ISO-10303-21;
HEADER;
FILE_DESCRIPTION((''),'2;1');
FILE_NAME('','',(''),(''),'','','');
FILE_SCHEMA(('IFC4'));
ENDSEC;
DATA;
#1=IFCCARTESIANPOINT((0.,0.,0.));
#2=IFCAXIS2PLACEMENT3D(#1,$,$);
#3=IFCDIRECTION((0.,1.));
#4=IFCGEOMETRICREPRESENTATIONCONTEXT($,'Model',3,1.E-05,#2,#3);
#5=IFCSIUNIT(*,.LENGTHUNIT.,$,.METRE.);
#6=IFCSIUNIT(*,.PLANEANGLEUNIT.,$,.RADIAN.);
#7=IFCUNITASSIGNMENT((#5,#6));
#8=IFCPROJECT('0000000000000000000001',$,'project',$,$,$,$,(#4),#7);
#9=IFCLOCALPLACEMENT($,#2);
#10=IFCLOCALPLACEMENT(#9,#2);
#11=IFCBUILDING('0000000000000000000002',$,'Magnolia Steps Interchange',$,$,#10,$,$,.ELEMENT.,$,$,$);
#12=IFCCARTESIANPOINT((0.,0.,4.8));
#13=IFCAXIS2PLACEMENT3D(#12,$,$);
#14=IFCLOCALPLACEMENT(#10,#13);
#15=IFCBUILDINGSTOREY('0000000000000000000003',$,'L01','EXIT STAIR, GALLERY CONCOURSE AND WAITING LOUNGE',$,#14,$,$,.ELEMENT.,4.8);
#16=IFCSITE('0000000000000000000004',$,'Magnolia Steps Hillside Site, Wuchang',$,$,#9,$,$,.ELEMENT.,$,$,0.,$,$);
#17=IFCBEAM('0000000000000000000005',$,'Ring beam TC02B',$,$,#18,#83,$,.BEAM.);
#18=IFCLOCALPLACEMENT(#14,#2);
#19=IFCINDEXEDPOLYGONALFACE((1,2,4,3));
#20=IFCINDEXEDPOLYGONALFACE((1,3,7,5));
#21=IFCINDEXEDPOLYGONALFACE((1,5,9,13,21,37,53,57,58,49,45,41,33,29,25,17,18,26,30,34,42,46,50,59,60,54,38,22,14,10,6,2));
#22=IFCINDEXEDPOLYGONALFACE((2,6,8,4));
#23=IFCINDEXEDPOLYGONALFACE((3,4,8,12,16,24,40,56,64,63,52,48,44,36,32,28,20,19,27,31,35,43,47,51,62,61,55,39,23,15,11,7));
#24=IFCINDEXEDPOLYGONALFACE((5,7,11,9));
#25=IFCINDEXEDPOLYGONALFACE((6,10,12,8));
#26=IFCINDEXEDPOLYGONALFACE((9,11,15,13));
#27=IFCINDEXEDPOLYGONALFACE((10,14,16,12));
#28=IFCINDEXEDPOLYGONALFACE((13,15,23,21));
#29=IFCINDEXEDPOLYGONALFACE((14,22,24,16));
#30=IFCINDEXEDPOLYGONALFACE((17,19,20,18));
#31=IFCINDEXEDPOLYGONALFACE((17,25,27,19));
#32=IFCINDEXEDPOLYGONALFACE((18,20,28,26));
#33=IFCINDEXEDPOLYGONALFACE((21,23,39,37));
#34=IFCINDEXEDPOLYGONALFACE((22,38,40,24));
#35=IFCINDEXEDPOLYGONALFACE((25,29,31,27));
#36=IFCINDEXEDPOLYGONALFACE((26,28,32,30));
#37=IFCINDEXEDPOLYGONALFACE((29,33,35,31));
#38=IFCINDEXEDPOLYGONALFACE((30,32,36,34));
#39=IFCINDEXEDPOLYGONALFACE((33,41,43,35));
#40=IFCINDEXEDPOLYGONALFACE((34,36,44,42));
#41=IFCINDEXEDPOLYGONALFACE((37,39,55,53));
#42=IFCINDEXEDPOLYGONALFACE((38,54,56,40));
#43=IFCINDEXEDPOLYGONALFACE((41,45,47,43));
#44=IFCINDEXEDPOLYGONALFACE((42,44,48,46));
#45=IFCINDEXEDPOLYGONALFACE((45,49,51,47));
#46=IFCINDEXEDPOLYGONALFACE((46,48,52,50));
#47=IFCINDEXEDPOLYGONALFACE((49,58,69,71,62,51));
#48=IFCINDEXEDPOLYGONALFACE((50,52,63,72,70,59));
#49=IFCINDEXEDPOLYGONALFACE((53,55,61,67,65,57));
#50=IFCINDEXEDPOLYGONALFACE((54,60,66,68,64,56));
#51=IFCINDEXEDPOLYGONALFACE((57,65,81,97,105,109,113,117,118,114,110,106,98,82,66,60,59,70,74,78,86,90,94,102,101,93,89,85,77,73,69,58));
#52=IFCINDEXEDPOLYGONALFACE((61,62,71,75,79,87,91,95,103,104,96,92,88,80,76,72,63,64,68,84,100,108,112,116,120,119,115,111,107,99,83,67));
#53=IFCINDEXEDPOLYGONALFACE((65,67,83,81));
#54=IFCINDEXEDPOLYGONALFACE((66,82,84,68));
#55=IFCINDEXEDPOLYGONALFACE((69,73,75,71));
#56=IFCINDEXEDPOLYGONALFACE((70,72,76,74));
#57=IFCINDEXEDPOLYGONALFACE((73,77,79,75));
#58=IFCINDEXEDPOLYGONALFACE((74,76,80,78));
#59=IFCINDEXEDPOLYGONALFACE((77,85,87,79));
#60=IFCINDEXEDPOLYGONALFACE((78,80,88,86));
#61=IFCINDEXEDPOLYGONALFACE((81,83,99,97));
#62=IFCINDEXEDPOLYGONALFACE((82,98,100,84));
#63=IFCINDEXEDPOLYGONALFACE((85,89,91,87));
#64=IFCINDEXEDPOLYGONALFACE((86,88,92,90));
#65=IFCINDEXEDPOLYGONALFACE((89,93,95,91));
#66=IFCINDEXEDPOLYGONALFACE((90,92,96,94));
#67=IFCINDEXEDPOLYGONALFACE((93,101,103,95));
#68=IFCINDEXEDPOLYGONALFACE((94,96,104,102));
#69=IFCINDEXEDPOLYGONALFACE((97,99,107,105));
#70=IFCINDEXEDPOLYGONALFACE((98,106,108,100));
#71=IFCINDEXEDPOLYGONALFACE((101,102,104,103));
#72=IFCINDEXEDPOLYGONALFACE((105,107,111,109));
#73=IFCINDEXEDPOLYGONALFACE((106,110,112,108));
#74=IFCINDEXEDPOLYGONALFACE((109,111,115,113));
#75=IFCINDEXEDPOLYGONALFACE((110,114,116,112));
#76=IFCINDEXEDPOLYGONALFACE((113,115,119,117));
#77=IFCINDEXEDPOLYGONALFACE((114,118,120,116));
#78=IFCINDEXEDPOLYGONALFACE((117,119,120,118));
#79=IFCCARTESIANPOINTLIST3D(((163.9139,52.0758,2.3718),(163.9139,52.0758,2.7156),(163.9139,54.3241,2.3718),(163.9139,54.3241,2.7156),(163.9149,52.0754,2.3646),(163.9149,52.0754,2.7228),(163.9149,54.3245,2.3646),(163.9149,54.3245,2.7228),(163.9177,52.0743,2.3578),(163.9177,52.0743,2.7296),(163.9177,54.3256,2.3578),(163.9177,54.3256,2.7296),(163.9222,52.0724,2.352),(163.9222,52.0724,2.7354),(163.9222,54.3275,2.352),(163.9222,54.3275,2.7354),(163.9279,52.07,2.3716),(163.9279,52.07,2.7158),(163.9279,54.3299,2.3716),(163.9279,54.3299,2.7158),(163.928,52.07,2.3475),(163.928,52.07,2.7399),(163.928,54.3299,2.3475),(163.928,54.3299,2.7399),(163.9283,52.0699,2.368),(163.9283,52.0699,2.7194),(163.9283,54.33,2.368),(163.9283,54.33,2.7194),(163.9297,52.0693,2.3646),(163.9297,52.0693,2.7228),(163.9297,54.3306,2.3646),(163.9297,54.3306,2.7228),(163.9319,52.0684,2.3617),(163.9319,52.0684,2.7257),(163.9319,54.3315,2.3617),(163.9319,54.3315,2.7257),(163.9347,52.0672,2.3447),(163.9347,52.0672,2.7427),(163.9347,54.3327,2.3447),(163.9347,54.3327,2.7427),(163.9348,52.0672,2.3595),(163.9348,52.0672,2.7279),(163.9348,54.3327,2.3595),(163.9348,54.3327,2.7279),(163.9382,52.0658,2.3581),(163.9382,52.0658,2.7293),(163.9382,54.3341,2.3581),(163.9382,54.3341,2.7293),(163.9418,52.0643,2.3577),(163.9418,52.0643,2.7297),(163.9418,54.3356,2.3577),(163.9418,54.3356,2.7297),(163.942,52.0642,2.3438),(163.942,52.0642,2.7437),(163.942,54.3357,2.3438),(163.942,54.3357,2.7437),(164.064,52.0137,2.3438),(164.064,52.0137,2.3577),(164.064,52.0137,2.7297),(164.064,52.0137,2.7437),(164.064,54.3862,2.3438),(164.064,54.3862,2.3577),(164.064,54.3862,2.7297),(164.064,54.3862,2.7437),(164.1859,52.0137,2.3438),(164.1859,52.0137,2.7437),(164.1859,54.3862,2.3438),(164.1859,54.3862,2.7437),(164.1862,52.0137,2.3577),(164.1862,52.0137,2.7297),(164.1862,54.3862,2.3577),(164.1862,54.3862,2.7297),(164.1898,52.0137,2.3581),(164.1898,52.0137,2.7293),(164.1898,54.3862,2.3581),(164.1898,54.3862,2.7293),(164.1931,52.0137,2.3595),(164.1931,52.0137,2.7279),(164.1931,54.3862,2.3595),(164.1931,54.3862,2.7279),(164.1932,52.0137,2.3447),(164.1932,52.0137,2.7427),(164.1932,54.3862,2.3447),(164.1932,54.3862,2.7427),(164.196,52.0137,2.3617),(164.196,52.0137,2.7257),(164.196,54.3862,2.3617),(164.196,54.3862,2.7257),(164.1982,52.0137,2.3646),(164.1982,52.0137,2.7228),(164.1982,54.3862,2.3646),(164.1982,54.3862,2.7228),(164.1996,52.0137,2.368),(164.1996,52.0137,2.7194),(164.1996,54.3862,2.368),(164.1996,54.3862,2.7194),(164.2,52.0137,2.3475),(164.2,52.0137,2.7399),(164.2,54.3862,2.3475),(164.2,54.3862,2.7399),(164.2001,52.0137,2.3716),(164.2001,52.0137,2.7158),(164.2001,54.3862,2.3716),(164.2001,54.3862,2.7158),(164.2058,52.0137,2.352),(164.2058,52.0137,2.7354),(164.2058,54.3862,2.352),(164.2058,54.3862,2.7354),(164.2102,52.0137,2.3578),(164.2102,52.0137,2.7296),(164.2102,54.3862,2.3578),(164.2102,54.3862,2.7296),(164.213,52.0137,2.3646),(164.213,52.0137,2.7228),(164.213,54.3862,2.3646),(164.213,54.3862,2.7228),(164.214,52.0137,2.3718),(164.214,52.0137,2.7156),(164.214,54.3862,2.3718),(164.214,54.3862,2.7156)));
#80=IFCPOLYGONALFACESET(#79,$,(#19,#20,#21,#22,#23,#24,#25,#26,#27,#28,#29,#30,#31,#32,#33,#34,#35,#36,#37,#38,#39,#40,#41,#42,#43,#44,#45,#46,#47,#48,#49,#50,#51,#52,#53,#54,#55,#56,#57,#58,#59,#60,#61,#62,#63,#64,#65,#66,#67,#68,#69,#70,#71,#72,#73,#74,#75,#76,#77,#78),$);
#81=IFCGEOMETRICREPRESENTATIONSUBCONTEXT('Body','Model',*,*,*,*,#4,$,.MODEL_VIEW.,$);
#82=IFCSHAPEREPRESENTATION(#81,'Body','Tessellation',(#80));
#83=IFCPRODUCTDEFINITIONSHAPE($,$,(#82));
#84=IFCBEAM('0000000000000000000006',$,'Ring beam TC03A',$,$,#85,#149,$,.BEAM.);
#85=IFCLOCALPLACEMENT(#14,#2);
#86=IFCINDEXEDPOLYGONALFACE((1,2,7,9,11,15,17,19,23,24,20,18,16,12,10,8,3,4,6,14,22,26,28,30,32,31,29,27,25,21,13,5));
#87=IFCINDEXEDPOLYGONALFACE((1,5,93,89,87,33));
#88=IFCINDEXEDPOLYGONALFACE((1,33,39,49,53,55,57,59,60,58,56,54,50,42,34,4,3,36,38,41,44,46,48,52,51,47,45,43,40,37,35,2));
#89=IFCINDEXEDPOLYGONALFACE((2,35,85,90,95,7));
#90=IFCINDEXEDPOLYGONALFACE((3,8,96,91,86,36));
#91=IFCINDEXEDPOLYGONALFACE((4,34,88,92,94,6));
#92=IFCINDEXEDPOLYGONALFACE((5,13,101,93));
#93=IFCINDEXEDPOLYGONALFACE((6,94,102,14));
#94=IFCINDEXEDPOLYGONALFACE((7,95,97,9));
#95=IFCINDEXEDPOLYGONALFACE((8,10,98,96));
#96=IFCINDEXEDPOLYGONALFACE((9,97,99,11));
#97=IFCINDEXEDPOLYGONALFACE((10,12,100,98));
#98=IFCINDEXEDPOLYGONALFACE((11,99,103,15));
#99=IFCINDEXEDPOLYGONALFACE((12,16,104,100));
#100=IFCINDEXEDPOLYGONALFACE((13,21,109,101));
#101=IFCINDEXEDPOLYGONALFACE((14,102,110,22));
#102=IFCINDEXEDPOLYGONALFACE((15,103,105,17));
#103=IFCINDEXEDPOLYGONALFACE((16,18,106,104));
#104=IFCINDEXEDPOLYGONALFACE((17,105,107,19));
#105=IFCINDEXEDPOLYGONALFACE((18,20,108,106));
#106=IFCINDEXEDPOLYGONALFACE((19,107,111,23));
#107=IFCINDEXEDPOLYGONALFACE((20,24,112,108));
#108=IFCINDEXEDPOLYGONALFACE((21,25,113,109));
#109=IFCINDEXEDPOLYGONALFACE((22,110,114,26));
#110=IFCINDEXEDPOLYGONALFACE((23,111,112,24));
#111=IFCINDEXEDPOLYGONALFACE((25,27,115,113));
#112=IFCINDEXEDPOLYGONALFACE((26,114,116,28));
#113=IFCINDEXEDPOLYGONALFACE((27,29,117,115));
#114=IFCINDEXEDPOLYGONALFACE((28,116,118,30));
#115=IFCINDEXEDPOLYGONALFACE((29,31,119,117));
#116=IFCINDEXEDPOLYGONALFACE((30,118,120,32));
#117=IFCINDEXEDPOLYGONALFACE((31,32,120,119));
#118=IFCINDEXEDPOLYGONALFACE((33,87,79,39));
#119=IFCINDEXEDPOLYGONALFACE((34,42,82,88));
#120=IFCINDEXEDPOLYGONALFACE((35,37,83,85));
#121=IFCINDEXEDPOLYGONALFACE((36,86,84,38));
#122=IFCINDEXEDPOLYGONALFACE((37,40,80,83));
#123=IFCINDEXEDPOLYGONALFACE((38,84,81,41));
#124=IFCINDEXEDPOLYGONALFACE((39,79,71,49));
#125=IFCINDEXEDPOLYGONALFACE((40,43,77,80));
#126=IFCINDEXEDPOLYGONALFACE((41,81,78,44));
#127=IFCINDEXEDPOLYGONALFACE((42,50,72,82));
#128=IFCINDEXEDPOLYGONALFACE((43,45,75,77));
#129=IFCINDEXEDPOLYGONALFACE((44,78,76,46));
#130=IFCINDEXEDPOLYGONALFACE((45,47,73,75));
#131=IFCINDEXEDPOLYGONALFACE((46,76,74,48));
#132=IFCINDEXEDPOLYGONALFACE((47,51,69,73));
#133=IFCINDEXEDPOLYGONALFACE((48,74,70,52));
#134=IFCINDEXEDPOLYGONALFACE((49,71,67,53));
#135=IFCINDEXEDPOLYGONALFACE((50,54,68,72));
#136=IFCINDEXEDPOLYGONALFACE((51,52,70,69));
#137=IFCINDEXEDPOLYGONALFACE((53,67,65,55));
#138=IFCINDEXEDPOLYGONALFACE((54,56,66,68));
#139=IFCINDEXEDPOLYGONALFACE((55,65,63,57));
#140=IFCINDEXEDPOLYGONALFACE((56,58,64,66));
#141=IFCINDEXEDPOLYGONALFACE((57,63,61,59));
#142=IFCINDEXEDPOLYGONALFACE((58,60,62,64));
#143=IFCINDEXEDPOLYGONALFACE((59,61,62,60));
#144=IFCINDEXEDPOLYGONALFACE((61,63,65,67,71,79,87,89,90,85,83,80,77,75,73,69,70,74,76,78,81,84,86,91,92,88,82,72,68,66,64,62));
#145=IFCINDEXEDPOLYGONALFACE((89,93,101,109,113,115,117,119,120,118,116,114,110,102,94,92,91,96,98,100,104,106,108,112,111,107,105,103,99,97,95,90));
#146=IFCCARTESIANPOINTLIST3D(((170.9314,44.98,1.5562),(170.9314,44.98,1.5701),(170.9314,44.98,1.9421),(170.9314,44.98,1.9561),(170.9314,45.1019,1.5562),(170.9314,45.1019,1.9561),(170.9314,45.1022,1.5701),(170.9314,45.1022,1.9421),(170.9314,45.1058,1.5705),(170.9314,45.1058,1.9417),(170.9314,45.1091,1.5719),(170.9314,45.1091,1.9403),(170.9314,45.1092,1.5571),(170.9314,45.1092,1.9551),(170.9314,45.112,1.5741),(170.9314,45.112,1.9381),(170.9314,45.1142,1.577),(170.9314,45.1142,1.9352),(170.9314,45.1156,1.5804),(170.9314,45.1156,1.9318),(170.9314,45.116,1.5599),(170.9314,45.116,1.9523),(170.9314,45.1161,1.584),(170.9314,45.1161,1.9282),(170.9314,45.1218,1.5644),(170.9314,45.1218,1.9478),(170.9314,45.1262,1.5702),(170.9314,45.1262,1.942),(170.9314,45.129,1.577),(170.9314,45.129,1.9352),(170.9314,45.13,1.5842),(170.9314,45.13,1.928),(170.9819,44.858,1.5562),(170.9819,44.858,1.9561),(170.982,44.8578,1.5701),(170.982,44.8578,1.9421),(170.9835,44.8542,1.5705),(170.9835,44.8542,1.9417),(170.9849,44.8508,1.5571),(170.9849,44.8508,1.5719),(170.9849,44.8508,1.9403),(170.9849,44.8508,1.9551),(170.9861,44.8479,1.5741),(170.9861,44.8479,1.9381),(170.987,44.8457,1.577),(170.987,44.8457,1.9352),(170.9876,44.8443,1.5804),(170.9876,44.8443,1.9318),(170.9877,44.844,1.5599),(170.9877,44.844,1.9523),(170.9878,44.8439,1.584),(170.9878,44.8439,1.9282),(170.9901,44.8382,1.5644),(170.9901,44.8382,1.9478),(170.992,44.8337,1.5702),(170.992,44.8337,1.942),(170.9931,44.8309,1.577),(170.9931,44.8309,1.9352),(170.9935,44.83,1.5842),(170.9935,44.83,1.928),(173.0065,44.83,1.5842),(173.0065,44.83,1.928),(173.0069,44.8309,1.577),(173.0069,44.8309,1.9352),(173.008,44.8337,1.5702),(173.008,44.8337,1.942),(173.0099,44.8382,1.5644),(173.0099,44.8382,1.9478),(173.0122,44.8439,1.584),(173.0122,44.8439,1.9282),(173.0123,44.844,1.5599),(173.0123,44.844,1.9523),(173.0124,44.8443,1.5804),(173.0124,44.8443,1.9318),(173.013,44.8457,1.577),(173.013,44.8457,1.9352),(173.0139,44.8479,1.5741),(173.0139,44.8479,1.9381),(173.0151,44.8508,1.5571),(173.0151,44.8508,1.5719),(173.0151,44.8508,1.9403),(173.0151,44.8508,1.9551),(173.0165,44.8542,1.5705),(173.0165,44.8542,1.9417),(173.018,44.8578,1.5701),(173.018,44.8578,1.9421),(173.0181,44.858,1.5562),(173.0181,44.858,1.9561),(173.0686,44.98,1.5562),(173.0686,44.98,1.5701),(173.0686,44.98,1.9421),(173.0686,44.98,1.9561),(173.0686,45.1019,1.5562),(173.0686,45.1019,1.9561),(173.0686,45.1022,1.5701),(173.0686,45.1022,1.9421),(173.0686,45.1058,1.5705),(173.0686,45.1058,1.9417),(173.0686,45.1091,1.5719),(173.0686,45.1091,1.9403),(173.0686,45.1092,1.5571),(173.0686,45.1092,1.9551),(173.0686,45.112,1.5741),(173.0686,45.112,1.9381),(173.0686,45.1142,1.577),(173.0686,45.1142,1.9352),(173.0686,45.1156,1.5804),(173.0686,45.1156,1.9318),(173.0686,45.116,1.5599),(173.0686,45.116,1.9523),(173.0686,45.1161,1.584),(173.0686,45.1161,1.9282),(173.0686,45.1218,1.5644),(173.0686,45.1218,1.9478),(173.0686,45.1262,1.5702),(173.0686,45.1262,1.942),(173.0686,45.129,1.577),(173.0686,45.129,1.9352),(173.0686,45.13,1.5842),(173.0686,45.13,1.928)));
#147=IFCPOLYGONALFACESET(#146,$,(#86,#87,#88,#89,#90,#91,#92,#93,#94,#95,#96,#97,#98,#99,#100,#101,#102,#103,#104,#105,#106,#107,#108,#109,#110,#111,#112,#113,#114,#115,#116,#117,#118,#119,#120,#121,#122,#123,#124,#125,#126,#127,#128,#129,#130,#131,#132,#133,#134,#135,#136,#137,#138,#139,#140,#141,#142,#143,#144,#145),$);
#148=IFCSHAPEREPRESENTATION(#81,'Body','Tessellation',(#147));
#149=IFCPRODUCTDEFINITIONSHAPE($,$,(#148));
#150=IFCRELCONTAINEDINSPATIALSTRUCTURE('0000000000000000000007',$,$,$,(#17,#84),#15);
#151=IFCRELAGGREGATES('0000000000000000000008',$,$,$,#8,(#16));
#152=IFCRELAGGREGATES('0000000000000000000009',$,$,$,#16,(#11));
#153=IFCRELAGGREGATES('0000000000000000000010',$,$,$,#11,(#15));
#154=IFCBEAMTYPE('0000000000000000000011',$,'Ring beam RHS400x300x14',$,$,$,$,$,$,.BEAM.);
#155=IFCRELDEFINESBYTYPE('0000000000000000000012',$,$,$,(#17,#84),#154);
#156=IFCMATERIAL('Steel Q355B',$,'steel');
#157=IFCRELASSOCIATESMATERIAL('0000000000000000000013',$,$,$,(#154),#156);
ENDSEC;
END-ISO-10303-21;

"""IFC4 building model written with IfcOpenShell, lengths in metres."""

from ifc_helpers import new_model, si_unit, direction, frame, origin, origin_2d, place, context, subcontext, project, spatial, hollow_rectangle, extrude, clip, halfspace, material, material_profile, profile_set, type_object, element, save


model = new_model("IFC4")

# Units and contexts
model_context = context("Model", 3, precision=1e-05, world=origin(), true_north=direction((0.0, 1.0)))
body_context = subcontext(model_context, "Body", "Model", "MODEL_VIEW")
ifc_project = project(units=[si_unit("LENGTHUNIT", "METRE"), si_unit("PLANEANGLEUNIT", "RADIAN")], contexts=[model_context])

# Site, building, storey
site_placement = place(None, origin())
site = spatial("IfcSite", under=ifc_project, at=site_placement, Name="Magnolia Steps Hillside Site, Wuchang", CompositionType="ELEMENT", RefElevation=0.0)
building_placement = place(site_placement, origin())
building = spatial("IfcBuilding", under=site, at=building_placement, Name="Magnolia Steps Interchange", CompositionType="ELEMENT")
storey_placement = place(building_placement, frame((0.0, 0.0, 4.8)))
storey = spatial("IfcBuildingStorey", under=building, at=storey_placement, Name="L01", Description="EXIT STAIR, GALLERY CONCOURSE AND WAITING LOUNGE", CompositionType="ELEMENT", Elevation=4.8)

# Beams
ifc_material_1 = material(Name="Steel Q355B", Category="steel")
ifc_material_profile_1 = material_profile(ifc_material_1, hollow_rectangle(XDim=0.3, YDim=0.3999, WallThickness=0.0139, InnerFilletRadius=0.0139, OuterFilletRadius=0.0281, at=origin_2d()), Name="RHS400x300x14")
ifc_profile_set_1 = profile_set([ifc_material_profile_1], Name="Steel Q355B")
beam_type_1 = type_object("IfcBeamType", Name="Ring beam RHS400x300x14", PredefinedType="BEAM", material=ifc_profile_set_1)
beam_1_placement = place(storey_placement, frame((164.064, 52.0137, 2.5437), z_axis=(0.0, 1.0, 0.0), x_axis=(-1.0, 0.0, 0.0)))
element("IfcBeam", 1, at=beam_1_placement, inside=storey, type_object=beam_type_1, Name="Ring beam TC02B", PredefinedType="BEAM", context=body_context, shape_type="Clipping", body=[
    clip(clip(extrude(hollow_rectangle(XDim=0.3, YDim=0.3999, WallThickness=0.0139, InnerFilletRadius=0.0139, OuterFilletRadius=0.0281, at=origin_2d()), origin(), (0.0, 0.0, 1.0), 2.3726), halfspace(frame((0.0, 0.0, 0.0), z_axis=(0.382683, 0.0, -0.92388), x_axis=(0.92388, 0.0, 0.382683)), False)), halfspace(frame((0.0, 0.0, 2.3726), z_axis=(0.382683, 0.0, 0.92388), x_axis=(0.92388, 0.0, -0.382683)), False)),
])
beam_2_placement = place(storey_placement, frame((173.0686, 44.98, 1.7561), z_axis=(-1.0, 0.0, 0.0), x_axis=(0.0, -1.0, 0.0)))
element("IfcBeam", 2, at=beam_2_placement, inside=storey, type_object=beam_type_1, Name="Ring beam TC03A", PredefinedType="BEAM", context=body_context, shape_type="Clipping", body=[
    clip(clip(extrude(hollow_rectangle(XDim=0.3, YDim=0.3999, WallThickness=0.0139, InnerFilletRadius=0.0139, OuterFilletRadius=0.0281, at=origin_2d()), origin(), (0.0, 0.0, 1.0), 2.1372), halfspace(frame((0.0, 0.0, 0.0), z_axis=(0.382683, 0.0, -0.92388), x_axis=(0.92388, 0.0, 0.382683)), False)), halfspace(frame((0.0, 0.0, 2.1372), z_axis=(0.382683, 0.0, 0.92388), x_axis=(0.92388, 0.0, -0.382683)), False)),
])

save(model, "model.ifc")
